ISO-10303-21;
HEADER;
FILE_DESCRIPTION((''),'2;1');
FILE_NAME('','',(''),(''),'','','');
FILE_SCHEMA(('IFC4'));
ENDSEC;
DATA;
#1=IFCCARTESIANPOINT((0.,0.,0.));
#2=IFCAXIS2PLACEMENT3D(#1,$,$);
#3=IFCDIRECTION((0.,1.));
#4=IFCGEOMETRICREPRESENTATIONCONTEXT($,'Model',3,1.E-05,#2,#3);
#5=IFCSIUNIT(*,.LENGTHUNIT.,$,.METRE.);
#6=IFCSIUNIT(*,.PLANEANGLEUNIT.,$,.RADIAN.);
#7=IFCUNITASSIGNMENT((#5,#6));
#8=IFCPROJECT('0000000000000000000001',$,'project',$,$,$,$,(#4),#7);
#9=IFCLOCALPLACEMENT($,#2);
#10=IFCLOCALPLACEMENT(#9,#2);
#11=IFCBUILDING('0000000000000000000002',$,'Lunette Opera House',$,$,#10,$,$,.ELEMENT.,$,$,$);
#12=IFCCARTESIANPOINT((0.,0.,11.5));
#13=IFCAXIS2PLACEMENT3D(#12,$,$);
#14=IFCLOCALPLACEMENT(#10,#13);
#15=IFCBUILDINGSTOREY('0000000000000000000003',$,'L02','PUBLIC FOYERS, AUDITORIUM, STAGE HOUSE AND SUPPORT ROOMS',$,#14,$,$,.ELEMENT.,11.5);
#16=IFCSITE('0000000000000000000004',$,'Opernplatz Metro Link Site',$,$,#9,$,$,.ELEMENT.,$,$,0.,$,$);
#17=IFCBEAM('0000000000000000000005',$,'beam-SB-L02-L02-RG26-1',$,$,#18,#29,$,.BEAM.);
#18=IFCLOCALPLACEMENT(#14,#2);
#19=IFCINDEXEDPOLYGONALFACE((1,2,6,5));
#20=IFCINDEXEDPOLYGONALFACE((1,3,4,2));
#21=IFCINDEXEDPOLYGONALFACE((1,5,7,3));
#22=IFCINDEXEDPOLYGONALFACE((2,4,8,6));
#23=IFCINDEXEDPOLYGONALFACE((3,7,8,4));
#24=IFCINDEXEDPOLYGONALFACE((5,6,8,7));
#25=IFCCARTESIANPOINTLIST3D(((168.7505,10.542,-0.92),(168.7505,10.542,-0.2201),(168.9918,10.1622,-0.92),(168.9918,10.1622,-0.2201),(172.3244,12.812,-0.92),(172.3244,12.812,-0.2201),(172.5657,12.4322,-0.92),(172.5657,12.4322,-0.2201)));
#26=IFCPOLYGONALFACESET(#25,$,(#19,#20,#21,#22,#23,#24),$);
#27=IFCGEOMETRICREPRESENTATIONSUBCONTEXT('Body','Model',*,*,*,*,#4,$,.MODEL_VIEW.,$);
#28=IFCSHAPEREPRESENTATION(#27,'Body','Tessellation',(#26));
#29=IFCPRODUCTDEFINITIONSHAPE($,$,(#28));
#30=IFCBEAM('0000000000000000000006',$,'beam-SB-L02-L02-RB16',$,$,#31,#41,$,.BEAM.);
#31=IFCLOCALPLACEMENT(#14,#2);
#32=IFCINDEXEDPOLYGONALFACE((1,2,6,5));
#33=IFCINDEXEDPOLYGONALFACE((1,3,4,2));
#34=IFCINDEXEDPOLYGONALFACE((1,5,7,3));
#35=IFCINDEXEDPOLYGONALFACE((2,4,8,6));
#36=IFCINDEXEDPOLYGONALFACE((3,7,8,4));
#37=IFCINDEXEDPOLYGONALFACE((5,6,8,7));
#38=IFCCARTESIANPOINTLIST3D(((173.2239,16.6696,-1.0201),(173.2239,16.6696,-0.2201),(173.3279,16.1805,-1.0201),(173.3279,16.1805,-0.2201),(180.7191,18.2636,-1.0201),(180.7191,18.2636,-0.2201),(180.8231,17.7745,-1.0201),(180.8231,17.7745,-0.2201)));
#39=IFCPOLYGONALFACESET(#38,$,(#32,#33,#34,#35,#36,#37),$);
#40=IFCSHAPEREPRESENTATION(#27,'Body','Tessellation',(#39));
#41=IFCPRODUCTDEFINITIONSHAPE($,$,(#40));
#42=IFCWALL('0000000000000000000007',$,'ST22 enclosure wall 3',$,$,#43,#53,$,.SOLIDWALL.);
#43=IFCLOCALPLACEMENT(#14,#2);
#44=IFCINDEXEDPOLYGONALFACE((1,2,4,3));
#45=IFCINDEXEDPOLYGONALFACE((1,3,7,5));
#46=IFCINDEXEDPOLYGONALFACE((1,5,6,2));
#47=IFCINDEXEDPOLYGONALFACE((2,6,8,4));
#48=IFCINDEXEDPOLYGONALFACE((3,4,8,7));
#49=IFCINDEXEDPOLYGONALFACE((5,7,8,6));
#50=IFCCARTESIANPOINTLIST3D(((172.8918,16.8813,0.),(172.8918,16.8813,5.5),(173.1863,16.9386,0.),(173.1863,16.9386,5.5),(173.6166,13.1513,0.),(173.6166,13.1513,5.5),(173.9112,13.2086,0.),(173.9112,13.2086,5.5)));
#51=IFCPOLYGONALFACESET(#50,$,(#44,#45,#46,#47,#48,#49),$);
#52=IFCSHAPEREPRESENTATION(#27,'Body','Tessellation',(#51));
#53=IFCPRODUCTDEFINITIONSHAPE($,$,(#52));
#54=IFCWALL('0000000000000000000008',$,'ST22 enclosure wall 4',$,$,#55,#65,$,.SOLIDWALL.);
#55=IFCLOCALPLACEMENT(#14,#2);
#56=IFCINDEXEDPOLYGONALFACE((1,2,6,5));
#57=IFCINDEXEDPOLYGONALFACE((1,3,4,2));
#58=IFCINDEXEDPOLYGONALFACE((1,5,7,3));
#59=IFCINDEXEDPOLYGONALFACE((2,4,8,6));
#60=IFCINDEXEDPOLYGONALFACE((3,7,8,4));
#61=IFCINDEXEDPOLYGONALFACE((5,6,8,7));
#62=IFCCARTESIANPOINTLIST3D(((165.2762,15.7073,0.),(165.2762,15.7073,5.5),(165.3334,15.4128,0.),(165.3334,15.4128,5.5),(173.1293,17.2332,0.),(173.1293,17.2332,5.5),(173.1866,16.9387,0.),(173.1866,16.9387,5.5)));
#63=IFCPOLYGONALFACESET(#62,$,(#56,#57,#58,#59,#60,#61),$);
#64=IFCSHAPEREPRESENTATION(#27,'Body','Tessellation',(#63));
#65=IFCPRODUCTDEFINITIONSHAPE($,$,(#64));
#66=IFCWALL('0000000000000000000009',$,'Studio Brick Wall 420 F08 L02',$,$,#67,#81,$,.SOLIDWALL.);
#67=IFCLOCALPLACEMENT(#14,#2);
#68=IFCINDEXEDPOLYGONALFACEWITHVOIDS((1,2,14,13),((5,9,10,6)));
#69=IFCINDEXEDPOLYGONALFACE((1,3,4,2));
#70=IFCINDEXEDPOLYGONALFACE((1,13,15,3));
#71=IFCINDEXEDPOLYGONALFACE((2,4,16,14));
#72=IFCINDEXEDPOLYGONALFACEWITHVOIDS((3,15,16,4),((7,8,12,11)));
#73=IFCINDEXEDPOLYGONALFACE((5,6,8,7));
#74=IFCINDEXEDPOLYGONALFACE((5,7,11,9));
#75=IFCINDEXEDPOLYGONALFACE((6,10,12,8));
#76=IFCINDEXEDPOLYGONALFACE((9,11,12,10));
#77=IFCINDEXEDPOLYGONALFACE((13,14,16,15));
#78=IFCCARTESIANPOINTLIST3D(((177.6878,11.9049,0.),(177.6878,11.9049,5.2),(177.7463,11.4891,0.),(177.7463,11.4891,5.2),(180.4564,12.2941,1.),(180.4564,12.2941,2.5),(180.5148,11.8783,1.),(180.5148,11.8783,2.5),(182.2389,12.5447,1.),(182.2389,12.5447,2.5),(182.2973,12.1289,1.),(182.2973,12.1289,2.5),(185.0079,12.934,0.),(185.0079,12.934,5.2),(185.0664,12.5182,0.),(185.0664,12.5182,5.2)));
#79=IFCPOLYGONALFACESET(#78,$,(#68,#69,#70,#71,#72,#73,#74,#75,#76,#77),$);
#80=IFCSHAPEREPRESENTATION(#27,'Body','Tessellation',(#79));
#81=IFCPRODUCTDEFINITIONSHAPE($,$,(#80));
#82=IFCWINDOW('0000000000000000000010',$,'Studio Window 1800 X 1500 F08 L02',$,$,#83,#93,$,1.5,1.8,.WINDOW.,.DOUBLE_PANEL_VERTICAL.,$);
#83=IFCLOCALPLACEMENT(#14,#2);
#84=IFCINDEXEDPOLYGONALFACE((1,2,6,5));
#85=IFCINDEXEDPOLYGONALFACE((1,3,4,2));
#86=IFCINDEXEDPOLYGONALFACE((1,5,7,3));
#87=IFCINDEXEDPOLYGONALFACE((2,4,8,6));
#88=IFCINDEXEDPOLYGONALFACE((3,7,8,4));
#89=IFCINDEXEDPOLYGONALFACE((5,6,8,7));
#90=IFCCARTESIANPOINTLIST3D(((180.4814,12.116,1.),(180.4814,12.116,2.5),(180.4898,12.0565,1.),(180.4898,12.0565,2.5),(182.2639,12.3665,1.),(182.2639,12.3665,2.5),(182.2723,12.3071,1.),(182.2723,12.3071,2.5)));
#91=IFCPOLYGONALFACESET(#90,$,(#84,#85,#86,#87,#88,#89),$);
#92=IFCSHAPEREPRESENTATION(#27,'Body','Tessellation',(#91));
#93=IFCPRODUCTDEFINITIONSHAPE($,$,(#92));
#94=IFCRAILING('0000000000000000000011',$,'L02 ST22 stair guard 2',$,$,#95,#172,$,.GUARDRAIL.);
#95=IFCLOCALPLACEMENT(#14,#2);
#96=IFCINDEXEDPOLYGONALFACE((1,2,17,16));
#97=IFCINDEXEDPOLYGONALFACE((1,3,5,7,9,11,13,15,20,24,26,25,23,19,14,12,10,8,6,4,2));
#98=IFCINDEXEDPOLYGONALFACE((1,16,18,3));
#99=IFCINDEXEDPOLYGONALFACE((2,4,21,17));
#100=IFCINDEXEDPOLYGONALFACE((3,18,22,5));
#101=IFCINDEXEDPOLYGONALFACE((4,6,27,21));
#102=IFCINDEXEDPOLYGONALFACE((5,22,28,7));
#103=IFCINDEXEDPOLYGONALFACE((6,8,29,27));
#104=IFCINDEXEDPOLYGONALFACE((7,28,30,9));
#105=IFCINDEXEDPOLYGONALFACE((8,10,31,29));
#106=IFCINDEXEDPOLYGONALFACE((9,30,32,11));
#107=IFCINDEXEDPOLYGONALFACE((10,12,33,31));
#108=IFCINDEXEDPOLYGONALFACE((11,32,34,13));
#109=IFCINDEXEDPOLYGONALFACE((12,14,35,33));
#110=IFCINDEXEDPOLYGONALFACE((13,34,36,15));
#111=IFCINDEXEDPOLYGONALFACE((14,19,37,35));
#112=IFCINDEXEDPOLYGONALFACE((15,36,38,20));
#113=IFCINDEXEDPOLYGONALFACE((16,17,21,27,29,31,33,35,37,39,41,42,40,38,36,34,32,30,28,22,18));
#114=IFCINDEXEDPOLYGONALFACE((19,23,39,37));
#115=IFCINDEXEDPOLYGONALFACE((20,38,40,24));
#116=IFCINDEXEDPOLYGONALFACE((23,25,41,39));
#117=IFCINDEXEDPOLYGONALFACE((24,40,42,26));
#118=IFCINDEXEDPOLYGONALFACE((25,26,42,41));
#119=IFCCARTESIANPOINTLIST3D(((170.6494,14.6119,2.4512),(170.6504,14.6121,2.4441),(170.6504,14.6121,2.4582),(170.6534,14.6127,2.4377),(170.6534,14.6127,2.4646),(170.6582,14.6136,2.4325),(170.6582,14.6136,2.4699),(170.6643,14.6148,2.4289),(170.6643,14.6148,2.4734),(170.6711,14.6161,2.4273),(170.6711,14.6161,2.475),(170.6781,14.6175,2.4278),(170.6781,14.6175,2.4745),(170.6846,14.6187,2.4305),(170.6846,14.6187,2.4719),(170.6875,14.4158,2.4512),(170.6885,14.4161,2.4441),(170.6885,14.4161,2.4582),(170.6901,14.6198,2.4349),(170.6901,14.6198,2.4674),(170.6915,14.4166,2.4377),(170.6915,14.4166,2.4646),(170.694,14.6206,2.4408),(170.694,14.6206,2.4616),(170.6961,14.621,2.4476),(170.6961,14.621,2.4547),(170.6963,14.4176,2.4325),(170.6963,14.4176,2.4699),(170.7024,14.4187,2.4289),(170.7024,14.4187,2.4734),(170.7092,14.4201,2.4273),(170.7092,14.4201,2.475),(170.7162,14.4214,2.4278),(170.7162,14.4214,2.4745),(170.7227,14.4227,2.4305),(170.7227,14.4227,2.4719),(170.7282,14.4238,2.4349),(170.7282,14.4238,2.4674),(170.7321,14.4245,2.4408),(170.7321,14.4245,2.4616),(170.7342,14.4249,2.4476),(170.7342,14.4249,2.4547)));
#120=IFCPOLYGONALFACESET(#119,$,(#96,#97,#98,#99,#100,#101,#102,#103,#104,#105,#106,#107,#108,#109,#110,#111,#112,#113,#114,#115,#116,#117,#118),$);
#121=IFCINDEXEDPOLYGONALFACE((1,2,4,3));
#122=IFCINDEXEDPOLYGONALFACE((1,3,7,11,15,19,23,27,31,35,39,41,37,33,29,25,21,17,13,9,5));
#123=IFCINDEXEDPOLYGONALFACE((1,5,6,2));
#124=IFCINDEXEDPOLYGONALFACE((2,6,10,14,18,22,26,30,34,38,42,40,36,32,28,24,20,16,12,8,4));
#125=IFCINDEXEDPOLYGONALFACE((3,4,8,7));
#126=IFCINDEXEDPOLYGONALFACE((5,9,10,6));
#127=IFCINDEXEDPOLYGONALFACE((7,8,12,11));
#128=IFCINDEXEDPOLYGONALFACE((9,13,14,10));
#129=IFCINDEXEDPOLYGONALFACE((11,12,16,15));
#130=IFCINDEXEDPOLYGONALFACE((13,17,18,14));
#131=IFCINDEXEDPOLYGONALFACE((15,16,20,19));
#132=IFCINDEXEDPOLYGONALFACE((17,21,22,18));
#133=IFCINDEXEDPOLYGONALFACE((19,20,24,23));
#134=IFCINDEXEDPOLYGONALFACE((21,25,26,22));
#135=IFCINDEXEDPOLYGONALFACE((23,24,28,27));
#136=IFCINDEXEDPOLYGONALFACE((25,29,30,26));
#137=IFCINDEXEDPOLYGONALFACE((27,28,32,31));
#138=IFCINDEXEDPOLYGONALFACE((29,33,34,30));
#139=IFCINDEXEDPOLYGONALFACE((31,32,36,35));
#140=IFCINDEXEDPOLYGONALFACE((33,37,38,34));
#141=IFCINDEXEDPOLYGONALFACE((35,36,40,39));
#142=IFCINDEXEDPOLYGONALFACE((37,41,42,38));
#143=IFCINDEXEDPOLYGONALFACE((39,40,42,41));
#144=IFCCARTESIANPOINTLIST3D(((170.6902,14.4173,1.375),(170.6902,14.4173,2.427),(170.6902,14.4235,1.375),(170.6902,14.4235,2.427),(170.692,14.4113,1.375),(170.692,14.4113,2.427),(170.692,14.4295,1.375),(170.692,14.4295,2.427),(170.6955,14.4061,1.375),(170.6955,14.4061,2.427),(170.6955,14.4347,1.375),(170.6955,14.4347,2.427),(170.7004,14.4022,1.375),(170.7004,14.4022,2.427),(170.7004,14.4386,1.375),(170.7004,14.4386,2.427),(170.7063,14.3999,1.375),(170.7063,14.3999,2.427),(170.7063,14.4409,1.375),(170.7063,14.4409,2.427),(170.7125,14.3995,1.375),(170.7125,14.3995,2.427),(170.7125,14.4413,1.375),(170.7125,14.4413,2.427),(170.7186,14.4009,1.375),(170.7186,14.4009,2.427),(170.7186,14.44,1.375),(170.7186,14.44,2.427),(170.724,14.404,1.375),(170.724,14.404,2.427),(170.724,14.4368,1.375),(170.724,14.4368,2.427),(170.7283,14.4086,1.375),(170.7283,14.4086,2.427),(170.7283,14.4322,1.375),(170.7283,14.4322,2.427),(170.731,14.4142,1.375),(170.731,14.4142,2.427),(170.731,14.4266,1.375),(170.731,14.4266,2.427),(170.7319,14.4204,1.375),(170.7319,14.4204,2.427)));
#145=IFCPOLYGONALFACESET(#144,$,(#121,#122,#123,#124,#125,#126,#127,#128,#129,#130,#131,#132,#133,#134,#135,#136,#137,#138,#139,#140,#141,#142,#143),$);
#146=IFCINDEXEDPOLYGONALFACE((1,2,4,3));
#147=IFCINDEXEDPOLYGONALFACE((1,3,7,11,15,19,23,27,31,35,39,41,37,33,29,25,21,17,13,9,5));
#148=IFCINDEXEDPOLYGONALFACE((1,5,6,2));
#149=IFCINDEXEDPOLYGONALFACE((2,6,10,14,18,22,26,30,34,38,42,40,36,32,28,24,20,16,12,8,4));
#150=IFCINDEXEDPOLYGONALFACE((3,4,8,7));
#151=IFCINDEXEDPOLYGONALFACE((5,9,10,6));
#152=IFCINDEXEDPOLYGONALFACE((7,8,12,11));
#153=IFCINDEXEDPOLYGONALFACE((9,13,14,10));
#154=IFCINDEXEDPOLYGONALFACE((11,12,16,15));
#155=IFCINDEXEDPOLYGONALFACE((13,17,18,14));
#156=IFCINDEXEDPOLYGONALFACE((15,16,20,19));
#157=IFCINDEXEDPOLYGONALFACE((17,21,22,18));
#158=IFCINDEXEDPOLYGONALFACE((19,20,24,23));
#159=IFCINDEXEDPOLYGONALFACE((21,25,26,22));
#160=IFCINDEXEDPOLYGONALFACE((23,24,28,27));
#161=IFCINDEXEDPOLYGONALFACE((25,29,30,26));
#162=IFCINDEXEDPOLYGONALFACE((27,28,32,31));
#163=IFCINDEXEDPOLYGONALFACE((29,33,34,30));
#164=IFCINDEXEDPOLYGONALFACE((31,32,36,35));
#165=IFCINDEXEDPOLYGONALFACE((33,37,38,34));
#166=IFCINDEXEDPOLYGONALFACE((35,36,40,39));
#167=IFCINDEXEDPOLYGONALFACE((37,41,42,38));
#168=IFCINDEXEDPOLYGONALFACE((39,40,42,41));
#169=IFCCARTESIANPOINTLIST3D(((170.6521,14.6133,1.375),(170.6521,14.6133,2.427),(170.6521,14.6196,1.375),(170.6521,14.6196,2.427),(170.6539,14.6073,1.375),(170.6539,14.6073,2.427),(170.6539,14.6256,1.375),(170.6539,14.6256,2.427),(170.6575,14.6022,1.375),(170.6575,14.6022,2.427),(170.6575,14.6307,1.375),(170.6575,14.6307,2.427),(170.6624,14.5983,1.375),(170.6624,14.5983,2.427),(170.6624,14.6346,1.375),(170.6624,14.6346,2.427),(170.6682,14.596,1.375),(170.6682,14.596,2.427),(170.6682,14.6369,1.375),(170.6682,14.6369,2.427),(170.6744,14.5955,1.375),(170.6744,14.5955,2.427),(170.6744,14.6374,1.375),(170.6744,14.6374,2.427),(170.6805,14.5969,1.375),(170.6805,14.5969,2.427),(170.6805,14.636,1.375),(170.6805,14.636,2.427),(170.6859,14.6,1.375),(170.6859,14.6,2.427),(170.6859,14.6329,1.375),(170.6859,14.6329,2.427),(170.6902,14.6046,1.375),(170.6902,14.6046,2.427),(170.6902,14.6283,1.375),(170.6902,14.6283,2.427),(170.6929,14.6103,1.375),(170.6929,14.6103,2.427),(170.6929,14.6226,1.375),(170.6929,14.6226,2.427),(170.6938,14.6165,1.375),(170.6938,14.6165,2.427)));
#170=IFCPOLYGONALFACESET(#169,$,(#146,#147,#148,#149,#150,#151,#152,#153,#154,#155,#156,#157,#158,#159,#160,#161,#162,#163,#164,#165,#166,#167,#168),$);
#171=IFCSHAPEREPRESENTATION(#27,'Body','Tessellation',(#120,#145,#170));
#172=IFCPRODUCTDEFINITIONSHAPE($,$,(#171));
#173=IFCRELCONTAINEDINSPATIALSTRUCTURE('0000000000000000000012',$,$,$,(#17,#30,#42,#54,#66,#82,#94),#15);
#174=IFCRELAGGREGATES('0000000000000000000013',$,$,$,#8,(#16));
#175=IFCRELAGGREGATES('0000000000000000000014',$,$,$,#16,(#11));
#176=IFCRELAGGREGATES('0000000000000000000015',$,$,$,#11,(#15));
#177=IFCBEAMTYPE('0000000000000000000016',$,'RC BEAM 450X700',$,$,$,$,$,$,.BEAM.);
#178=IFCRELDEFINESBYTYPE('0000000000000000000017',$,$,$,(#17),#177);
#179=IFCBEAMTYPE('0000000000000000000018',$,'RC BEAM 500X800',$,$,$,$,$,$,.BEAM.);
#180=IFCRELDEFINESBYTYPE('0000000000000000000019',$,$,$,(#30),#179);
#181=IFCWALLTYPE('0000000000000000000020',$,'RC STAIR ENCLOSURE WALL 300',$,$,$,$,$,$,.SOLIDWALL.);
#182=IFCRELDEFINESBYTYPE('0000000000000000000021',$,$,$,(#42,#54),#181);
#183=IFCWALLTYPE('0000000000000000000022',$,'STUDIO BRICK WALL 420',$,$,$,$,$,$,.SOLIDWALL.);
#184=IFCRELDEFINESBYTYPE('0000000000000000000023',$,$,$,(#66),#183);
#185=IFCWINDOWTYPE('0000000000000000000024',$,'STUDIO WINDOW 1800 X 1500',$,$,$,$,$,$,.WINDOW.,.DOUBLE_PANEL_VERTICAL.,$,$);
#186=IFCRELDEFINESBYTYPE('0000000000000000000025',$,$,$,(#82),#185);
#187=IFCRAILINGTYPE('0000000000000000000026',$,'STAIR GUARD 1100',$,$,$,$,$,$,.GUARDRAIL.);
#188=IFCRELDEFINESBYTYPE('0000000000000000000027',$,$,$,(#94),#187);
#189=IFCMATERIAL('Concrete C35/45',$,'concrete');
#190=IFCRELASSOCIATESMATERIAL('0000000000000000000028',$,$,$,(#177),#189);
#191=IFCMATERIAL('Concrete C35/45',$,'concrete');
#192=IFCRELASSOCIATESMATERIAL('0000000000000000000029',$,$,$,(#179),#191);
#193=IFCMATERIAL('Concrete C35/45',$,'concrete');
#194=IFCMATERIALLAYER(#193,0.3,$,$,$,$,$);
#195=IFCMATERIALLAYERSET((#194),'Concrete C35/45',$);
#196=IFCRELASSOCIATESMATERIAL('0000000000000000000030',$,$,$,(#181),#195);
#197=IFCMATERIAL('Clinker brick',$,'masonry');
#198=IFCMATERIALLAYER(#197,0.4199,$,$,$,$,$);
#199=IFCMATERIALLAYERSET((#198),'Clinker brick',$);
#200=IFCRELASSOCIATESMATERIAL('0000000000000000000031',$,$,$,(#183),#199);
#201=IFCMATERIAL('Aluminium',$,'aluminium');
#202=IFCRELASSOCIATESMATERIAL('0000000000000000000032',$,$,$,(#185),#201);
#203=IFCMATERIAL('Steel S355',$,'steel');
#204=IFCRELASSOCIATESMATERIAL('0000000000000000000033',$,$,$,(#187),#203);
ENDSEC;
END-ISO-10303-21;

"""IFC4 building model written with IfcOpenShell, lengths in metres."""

from ifc_helpers import new_model, si_unit, direction, frame, frame_2d, origin, origin_2d, place, context, subcontext, project, spatial, rectangle, circle, extrude, material, layer, layer_set, material_profile, profile_set, type_object, element, fill, save


model = new_model("IFC4")

# Units and contexts
model_context = context("Model", 3, precision=1e-05, world=origin(), true_north=direction((0.0, 1.0)))
body_context = subcontext(model_context, "Body", "Model", "MODEL_VIEW")
ifc_project = project(units=[si_unit("LENGTHUNIT", "METRE"), si_unit("PLANEANGLEUNIT", "RADIAN")], contexts=[model_context])

# Site, building, storey
site_placement = place(None, origin())
site = spatial("IfcSite", under=ifc_project, at=site_placement, Name="Opernplatz Metro Link Site", CompositionType="ELEMENT", RefElevation=0.0)
building_placement = place(site_placement, origin())
building = spatial("IfcBuilding", under=site, at=building_placement, Name="Lunette Opera House", CompositionType="ELEMENT")
storey_placement = place(building_placement, frame((0.0, 0.0, 11.5)))
storey = spatial("IfcBuildingStorey", under=building, at=storey_placement, Name="L02", Description="PUBLIC FOYERS, AUDITORIUM, STAGE HOUSE AND SUPPORT ROOMS", CompositionType="ELEMENT", Elevation=11.5)

# Beams
ifc_material_1 = material(Name="Concrete C35/45", Category="concrete")
ifc_material_profile_1 = material_profile(ifc_material_1, rectangle(XDim=0.45, YDim=0.7, at=origin_2d()), Name="RC BEAM 450X700")
ifc_profile_set_1 = profile_set([ifc_material_profile_1], Name="Concrete C35/45")
beam_type_1 = type_object("IfcBeamType", Name="RC BEAM 450X700", PredefinedType="BEAM", material=ifc_profile_set_1)
beam_1_placement = place(storey_placement, frame((172.4451, 12.6221, -0.5701), z_axis=(-0.844124, -0.536148, 0.0), x_axis=(0.536148, -0.844124, 0.0)))
element("IfcBeam", 1, at=beam_1_placement, inside=storey, type_object=beam_type_1, Name="beam-SB-L02-L02-RG26-1", PredefinedType="BEAM", context=body_context, shape_type="SweptSolid", body=[
    extrude(rectangle(XDim=0.45, YDim=0.7, at=origin_2d()), origin(), (0.0, 0.0, 1.0), 4.2339),
])
ifc_material_2 = material(Name="Concrete C35/45", Category="concrete")
ifc_material_profile_2 = material_profile(ifc_material_2, rectangle(XDim=0.5, YDim=0.8, at=origin_2d()), Name="RC BEAM 500X800")
ifc_profile_set_2 = profile_set([ifc_material_profile_2], Name="Concrete C35/45")
beam_type_2 = type_object("IfcBeamType", Name="RC BEAM 500X800", PredefinedType="BEAM", material=ifc_profile_set_2)
beam_2_placement = place(storey_placement, frame((173.2759, 16.425, -0.6201), z_axis=(0.978125, 0.208019, 0.0), x_axis=(-0.208019, 0.978125, 0.0)))
element("IfcBeam", 2, at=beam_2_placement, inside=storey, type_object=beam_type_2, Name="beam-SB-L02-L02-RB16", PredefinedType="BEAM", context=body_context, shape_type="SweptSolid", body=[
    extrude(rectangle(XDim=0.5, YDim=0.8, at=origin_2d()), origin(), (0.0, 0.0, 1.0), 7.6628),
])

# Walls
ifc_material_3 = material(Name="Concrete C35/45", Category="concrete")
ifc_layer_1 = layer(ifc_material_3, 0.3)
ifc_layer_set_1 = layer_set([ifc_layer_1], Name="Concrete C35/45")
wall_type_1 = type_object("IfcWallType", Name="RC STAIR ENCLOSURE WALL 300", PredefinedType="SOLIDWALL", material=ifc_layer_set_1)
wall_1_placement = place(storey_placement, frame((173.7639, 13.1799, 0.0), z_axis=(0.0, 0.0, 1.0), x_axis=(-0.190763, 0.981636, 0.0)))
element("IfcWall", 3, at=wall_1_placement, inside=storey, type_object=wall_type_1, Name="ST22 enclosure wall 3", PredefinedType="SOLIDWALL", context=body_context, shape_type="SweptSolid", body=[
    extrude(rectangle(XDim=3.7998, YDim=0.3, at=frame_2d((1.8999, 0.0))), origin(), (0.0, 0.0, 1.0), 5.5),
])
wall_2_placement = place(storey_placement, frame((173.158, 17.0859, 0.0), z_axis=(0.0, 0.0, 1.0), x_axis=(-0.981641, -0.190737, 0.0)))
element("IfcWall", 4, at=wall_2_placement, inside=storey, type_object=wall_type_1, Name="ST22 enclosure wall 4", PredefinedType="SOLIDWALL", context=body_context, shape_type="SweptSolid", body=[
    extrude(rectangle(XDim=8.0, YDim=0.3, at=frame_2d((4.0, 0.0))), origin(), (0.0, 0.0, 1.0), 5.5),
])

# Wall, opening, window
ifc_material_4 = material(Name="Clinker brick", Category="masonry")
ifc_layer_2 = layer(ifc_material_4, 0.4199)
ifc_layer_set_2 = layer_set([ifc_layer_2], Name="Clinker brick")
wall_type_2 = type_object("IfcWallType", Name="STUDIO BRICK WALL 420", PredefinedType="SOLIDWALL", material=ifc_layer_set_2)
wall_3_placement = place(storey_placement, frame((177.717, 11.697, 0.0), z_axis=(0.0, 0.0, 1.0), x_axis=(0.990263, 0.139211, 0.0)))
wall_3 = element("IfcWall", 5, at=wall_3_placement, inside=storey, type_object=wall_type_2, Name="Studio Brick Wall 420 F08 L02", PredefinedType="SOLIDWALL", context=body_context, shape_type="SweptSolid", body=[
    extrude(rectangle(XDim=7.3921, YDim=0.4199, at=frame_2d((3.696, 0.0))), origin(), (0.0, 0.0, 1.0), 5.2),
])
opening_placement = place(wall_3_placement, frame((2.7959, 0.0, 1.0)))
opening = element("IfcOpeningElement", 6, at=opening_placement, cuts=wall_3, PredefinedType="OPENING", context=body_context, shape_type="SweptSolid", body=[
    extrude(rectangle(XDim=1.8, YDim=1.5, at=frame_2d((0.8999, 0.75))), frame((0.0, 0.2219, 0.0), z_axis=(0.0, -1.0, 0.0), x_axis=(1.0, 0.0, 0.0)), (0.0, 0.0, 1.0), 0.4438),
])
ifc_material_5 = material(Name="Aluminium", Category="aluminium")
window_type = type_object("IfcWindowType", Name="STUDIO WINDOW 1800 X 1500", PartitioningType="DOUBLE_PANEL_VERTICAL", PredefinedType="WINDOW", material=ifc_material_5)
window_placement = place(opening_placement, origin())
window = element("IfcWindow", 7, at=window_placement, inside=storey, type_object=window_type, Name="Studio Window 1800 X 1500 F08 L02", OverallHeight=1.5, OverallWidth=1.8, PartitioningType="DOUBLE_PANEL_VERTICAL", PredefinedType="WINDOW", context=body_context, shape_type="SweptSolid", body=[
    extrude(rectangle(XDim=1.8, YDim=1.5, at=frame_2d((0.8999, 0.75))), frame((0.0, 0.03, 0.0), z_axis=(0.0, -1.0, 0.0), x_axis=(1.0, 0.0, 0.0)), (0.0, 0.0, 1.0), 0.0601),
])
fill(opening, window)

# Railing
ifc_material_6 = material(Name="Steel S355", Category="steel")
railing_type = type_object("IfcRailingType", Name="STAIR GUARD 1100", PredefinedType="GUARDRAIL", material=ifc_material_6)
for number, where, name in (
    (8, (170.7109, 14.4204, 1.375), "L02 ST22 stair guard 2"),
):
    element("IfcRailing", number, at=place(storey_placement, frame(where)), inside=storey, type_object=railing_type, Name=name, PredefinedType="GUARDRAIL", context=body_context, shape_type="SweptSolid", body=[
        extrude(circle(Radius=0.0239, at=origin_2d()), frame((0.0, 0.0, 1.0762), z_axis=(-0.190706, 0.981647, 0.0), x_axis=(-0.981647, -0.190706, 0.0)), (0.0, 0.0, 1.0), 0.1997),
        extrude(circle(Radius=0.021, at=origin_2d()), origin(), (0.0, 0.0, 1.0), 1.052),
        extrude(circle(Radius=0.021, at=origin_2d()), frame((-0.0381, 0.196, 0.0)), (0.0, 0.0, 1.0), 1.052),
    ])

save(model, "model.ifc")
